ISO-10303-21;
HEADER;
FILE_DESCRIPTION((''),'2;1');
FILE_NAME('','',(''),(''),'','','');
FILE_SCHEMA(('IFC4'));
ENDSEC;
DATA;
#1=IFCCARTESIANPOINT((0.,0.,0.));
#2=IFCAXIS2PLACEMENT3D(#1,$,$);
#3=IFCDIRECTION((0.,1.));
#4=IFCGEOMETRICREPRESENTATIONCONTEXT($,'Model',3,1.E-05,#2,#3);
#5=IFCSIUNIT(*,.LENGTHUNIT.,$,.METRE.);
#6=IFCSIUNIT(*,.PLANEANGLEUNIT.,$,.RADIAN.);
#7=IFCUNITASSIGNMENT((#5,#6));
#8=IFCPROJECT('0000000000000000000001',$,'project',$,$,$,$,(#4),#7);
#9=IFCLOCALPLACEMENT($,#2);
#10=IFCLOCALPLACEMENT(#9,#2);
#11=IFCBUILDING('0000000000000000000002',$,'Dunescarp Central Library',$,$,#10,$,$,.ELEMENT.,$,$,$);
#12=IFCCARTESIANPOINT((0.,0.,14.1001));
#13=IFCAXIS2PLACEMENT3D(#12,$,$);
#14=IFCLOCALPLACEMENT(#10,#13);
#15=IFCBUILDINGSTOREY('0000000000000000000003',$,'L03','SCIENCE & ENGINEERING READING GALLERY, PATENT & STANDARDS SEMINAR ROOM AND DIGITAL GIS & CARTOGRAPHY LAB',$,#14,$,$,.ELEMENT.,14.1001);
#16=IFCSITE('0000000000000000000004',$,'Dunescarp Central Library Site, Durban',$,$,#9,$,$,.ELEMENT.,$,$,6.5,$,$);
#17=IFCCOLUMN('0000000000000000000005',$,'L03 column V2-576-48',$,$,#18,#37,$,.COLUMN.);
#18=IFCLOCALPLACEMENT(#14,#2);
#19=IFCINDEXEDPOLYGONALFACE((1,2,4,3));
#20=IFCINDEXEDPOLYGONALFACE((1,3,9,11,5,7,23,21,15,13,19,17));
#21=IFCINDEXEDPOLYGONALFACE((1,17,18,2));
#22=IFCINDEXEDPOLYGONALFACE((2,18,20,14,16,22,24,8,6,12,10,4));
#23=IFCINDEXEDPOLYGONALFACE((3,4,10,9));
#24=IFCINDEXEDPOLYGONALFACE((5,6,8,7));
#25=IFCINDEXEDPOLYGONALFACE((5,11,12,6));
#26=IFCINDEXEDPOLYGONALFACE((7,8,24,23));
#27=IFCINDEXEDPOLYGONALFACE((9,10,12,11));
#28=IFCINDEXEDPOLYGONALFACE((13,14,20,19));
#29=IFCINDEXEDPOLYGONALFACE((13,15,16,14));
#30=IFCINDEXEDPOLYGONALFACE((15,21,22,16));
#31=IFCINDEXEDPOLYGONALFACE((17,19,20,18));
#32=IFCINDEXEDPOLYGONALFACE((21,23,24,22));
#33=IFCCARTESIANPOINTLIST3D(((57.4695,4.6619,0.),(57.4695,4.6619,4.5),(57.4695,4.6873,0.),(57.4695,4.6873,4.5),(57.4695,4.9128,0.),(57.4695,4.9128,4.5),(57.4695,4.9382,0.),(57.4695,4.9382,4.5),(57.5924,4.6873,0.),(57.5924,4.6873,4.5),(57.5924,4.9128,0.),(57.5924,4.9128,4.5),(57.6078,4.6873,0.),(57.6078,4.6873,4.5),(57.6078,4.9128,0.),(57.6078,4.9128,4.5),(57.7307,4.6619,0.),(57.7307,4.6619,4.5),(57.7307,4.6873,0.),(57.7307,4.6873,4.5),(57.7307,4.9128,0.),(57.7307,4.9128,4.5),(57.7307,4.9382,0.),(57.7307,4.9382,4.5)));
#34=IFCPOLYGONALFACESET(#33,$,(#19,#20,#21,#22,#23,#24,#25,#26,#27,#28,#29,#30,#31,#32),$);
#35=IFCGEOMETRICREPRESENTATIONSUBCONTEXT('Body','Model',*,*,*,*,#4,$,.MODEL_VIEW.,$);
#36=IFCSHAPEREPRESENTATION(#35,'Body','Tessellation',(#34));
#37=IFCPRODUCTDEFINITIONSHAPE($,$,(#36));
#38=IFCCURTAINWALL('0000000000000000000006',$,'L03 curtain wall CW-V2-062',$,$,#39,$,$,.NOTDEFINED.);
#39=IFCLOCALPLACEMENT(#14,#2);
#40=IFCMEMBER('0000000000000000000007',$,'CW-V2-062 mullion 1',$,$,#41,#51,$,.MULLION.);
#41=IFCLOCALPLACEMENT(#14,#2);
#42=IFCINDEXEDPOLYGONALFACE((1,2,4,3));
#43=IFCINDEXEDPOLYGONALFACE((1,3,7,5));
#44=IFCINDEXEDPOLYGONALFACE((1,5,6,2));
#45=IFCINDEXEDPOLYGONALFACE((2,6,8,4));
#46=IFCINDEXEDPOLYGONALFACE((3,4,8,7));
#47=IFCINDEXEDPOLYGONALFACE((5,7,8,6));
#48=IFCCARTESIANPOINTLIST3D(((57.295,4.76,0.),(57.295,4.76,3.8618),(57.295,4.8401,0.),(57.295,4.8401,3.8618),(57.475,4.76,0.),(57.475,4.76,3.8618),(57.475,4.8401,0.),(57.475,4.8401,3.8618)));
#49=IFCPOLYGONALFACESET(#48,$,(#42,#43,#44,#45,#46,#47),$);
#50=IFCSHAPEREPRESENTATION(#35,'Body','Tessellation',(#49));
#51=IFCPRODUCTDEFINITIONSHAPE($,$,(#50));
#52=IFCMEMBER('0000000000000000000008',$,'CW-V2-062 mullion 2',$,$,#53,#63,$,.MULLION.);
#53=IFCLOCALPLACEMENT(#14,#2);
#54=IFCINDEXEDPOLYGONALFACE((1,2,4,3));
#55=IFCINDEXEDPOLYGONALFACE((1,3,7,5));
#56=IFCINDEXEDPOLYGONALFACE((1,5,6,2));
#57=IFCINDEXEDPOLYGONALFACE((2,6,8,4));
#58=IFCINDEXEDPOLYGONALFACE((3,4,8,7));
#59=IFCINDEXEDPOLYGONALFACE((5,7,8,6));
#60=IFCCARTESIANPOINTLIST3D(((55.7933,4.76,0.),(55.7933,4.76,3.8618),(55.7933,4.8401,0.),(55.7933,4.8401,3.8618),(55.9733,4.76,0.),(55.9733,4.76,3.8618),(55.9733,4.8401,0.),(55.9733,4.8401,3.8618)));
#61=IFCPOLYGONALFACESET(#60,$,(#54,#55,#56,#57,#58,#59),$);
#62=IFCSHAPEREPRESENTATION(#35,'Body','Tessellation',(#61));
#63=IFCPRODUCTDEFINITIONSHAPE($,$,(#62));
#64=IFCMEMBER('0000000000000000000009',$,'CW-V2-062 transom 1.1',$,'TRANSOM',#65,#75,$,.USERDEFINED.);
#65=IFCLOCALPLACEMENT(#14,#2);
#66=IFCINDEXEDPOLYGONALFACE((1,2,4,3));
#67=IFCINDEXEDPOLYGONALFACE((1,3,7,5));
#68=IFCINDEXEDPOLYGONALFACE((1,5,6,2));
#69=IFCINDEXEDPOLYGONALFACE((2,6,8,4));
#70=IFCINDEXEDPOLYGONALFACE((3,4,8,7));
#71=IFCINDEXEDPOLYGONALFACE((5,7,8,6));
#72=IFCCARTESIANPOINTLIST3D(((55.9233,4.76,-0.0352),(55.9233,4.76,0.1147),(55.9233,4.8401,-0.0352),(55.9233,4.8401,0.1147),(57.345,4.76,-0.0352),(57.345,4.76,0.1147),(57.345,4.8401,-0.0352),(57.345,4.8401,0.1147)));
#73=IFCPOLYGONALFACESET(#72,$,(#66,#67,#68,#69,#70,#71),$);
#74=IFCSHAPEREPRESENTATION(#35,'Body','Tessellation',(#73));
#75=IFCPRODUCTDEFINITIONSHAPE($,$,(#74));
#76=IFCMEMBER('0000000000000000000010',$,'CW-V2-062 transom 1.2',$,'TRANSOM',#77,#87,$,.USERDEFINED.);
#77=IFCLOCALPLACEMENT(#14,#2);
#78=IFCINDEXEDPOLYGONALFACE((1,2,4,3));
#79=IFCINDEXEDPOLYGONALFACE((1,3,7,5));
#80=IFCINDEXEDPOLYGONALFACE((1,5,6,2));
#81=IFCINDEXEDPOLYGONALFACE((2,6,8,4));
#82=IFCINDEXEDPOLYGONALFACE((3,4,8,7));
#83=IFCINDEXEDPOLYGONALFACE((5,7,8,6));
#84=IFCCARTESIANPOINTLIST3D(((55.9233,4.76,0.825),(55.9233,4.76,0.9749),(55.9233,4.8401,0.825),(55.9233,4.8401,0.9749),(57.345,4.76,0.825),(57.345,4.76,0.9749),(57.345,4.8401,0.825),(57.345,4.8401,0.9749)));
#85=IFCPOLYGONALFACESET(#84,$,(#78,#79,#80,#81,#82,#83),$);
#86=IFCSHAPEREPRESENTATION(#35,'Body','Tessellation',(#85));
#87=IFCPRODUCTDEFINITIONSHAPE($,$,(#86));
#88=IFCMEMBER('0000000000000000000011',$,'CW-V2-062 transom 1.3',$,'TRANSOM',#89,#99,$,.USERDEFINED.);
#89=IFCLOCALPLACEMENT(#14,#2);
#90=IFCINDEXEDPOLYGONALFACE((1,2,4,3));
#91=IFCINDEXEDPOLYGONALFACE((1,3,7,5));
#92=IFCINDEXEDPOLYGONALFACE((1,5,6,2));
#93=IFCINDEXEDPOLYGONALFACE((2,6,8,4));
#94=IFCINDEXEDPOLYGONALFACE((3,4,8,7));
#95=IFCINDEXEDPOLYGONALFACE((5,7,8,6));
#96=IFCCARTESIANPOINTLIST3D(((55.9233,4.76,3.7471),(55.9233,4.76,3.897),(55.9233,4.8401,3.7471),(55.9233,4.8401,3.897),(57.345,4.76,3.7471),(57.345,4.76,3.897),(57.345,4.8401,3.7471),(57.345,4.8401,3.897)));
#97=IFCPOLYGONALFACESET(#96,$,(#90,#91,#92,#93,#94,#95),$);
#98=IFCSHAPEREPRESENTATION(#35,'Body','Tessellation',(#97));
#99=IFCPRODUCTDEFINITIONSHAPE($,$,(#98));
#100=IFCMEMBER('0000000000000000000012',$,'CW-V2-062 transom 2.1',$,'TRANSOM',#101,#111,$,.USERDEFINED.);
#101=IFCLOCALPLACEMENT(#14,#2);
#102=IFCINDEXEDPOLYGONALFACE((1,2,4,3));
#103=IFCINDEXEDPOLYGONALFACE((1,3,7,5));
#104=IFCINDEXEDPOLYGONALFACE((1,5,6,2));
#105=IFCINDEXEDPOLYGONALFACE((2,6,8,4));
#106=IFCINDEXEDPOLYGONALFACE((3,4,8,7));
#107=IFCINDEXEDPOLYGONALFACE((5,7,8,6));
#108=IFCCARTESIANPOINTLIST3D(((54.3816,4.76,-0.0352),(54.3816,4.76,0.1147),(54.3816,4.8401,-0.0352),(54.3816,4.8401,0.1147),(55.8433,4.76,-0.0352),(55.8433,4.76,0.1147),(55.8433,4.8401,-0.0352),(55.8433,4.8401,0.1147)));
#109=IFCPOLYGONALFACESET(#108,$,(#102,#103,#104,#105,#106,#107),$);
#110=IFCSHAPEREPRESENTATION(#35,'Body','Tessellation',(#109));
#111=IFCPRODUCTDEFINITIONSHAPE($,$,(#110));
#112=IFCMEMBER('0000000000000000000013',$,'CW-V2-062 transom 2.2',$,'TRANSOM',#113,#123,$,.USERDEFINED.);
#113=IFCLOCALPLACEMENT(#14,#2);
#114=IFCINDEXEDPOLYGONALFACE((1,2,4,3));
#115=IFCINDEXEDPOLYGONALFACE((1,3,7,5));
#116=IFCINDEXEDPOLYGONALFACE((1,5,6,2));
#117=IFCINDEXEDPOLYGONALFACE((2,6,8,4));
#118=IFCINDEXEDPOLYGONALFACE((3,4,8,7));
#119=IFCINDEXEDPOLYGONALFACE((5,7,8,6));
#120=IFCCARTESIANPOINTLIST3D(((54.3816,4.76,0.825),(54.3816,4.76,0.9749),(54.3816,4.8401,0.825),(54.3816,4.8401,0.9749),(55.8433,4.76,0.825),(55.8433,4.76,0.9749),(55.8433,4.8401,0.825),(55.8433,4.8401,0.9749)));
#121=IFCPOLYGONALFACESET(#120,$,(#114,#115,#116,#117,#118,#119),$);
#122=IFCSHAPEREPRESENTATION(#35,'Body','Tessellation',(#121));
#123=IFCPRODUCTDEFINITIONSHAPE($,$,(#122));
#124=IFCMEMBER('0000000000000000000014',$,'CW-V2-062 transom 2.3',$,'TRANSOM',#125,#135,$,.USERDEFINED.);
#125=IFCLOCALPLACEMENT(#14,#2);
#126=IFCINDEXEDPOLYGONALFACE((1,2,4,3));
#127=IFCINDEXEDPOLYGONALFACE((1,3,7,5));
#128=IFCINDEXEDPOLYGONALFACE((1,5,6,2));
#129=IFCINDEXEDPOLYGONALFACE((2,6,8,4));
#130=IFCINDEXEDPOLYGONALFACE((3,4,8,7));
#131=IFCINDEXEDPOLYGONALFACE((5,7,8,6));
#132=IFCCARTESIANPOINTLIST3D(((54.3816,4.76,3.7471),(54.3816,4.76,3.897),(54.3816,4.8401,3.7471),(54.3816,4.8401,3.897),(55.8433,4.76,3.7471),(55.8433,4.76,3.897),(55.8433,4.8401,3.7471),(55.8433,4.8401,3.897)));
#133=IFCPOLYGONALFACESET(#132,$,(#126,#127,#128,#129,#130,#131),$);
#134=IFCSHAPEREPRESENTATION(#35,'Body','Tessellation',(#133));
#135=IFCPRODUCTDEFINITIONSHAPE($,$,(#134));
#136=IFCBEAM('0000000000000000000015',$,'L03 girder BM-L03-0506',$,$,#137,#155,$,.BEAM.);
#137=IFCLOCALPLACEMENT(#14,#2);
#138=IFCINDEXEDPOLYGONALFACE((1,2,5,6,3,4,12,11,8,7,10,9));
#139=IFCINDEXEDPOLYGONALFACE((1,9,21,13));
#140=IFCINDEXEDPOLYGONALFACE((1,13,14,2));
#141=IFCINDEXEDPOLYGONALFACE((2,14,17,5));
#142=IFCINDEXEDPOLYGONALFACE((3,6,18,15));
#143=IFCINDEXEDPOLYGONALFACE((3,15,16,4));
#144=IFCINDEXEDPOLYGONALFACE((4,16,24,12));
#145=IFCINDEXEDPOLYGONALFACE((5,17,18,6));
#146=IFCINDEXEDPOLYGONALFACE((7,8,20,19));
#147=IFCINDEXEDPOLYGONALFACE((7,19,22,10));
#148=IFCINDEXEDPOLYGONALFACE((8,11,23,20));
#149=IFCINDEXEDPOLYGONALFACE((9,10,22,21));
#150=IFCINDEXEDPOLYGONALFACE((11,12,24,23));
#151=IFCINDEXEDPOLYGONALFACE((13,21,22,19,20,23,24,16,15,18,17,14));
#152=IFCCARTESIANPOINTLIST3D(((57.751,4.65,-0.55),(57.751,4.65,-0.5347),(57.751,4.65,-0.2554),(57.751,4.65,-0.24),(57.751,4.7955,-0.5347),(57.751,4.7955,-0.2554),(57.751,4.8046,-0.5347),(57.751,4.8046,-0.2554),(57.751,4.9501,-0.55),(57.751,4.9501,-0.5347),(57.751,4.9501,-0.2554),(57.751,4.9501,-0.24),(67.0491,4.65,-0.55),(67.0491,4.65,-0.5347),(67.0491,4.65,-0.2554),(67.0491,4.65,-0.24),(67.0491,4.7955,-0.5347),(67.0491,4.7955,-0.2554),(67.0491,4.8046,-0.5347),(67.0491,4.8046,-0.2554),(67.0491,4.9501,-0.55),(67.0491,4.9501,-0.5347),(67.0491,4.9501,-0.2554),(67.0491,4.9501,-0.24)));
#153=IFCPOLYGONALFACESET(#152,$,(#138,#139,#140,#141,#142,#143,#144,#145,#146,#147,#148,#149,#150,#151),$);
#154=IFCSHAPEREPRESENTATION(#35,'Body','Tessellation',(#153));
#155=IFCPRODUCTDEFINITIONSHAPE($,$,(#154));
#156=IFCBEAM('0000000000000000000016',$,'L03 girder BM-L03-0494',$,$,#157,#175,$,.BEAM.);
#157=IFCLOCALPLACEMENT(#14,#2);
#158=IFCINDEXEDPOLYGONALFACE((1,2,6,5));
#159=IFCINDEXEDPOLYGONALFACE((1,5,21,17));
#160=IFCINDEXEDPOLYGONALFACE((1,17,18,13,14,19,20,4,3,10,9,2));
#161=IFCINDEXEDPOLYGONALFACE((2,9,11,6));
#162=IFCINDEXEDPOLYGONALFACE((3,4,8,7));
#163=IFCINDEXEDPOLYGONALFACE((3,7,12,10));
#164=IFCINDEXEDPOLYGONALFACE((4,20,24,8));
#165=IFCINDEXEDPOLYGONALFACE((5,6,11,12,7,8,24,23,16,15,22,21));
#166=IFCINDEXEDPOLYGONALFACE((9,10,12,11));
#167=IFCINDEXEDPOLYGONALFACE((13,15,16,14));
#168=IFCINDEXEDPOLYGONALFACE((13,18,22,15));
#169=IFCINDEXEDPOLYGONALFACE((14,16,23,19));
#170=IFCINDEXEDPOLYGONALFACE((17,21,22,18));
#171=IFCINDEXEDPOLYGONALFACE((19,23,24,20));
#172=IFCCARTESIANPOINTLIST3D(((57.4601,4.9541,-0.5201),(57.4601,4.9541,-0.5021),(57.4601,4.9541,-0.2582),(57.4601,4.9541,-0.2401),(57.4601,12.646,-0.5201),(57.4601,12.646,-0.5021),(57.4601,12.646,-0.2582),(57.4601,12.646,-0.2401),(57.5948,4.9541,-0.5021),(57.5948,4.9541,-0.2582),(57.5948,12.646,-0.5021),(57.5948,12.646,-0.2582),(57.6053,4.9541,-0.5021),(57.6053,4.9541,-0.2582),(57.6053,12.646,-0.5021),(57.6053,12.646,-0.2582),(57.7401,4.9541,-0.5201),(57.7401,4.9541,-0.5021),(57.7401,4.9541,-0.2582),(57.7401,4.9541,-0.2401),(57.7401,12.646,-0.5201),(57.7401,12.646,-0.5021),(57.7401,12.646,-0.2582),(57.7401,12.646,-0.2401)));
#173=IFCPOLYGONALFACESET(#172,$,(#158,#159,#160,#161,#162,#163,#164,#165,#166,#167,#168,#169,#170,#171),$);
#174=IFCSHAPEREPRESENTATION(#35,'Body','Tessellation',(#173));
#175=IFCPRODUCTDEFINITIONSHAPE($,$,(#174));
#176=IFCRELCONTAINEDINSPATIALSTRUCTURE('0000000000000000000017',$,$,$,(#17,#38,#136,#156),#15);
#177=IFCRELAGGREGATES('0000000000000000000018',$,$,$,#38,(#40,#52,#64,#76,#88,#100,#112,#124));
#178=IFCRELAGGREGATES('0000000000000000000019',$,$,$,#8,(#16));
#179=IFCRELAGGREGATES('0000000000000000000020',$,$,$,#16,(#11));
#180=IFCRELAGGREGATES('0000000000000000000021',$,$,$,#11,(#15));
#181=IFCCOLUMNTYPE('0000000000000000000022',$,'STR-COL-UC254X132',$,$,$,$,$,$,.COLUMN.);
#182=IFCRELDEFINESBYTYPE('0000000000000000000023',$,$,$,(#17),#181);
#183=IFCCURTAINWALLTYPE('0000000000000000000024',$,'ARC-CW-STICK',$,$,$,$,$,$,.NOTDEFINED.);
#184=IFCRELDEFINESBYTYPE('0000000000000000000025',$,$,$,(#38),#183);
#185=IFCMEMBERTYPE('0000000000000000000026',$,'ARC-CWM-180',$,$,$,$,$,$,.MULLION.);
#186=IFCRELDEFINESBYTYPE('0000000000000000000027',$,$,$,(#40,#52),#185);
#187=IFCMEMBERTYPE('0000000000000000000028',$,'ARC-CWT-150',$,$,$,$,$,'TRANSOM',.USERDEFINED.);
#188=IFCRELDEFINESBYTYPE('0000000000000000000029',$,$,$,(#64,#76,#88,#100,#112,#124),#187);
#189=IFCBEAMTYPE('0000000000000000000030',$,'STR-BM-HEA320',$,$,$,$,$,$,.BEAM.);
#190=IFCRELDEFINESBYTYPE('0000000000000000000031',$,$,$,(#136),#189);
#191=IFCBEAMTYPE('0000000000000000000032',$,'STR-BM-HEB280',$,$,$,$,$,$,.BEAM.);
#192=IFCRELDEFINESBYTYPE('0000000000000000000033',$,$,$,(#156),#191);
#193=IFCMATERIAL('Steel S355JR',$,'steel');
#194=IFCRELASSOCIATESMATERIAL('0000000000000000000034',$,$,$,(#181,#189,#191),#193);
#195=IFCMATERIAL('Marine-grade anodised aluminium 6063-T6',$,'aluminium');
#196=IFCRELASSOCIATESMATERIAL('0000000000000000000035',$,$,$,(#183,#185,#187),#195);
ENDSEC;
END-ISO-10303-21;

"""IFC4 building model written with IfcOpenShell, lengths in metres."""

from ifc_helpers import new_model, si_unit, direction, frame, origin, origin_2d, place, context, subcontext, project, spatial, rectangle, i_section, extrude, material, material_profile, profile_set, type_object, element, aggregate, save


model = new_model("IFC4")

# Units and contexts
model_context = context("Model", 3, precision=1e-05, world=origin(), true_north=direction((0.0, 1.0)))
body_context = subcontext(model_context, "Body", "Model", "MODEL_VIEW")
ifc_project = project(units=[si_unit("LENGTHUNIT", "METRE"), si_unit("PLANEANGLEUNIT", "RADIAN")], contexts=[model_context])

# Site, building, storey
site_placement = place(None, origin())
site = spatial("IfcSite", under=ifc_project, at=site_placement, Name="Dunescarp Central Library Site, Durban", CompositionType="ELEMENT", RefElevation=6.5)
building_placement = place(site_placement, origin())
building = spatial("IfcBuilding", under=site, at=building_placement, Name="Dunescarp Central Library", CompositionType="ELEMENT")
storey_placement = place(building_placement, frame((0.0, 0.0, 14.1001)))
storey = spatial("IfcBuildingStorey", under=building, at=storey_placement, Name="L03", Description="SCIENCE & ENGINEERING READING GALLERY, PATENT & STANDARDS SEMINAR ROOM AND DIGITAL GIS & CARTOGRAPHY LAB", CompositionType="ELEMENT", Elevation=14.1001)

# Column
ifc_material_1 = material(Name="Steel S355JR", Category="steel")
ifc_material_profile_1 = material_profile(ifc_material_1, i_section(OverallWidth=0.2612, OverallDepth=0.2764, WebThickness=0.0154, FlangeThickness=0.0254, at=origin_2d()), Name="UC 254x254x132")
ifc_profile_set_1 = profile_set([ifc_material_profile_1], Name="Steel S355JR")
column_type = type_object("IfcColumnType", Name="STR-COL-UC254X132", PredefinedType="COLUMN", material=ifc_profile_set_1)
column_placement = place(storey_placement, frame((57.6001, 4.8, 0.0), z_axis=(0.0, 0.0, 1.0), x_axis=(1.0, 0.0, 0.0)))
element("IfcColumn", 1, at=column_placement, inside=storey, type_object=column_type, Name="L03 column V2-576-48", PredefinedType="COLUMN", context=body_context, shape_type="SweptSolid", body=[
    extrude(i_section(OverallWidth=0.2612, OverallDepth=0.2764, WebThickness=0.0154, FlangeThickness=0.0254, at=origin_2d()), origin(), (0.0, 0.0, 1.0), 4.5),
])

# Curtain wall, members
ifc_material_2 = material(Name="Marine-grade anodised aluminium 6063-T6", Category="aluminium")
curtain_wall_type = type_object("IfcCurtainWallType", Name="ARC-CW-STICK", PredefinedType="NOTDEFINED", material=ifc_material_2)
curtain_wall_placement = place(storey_placement, origin())
curtain_wall = element("IfcCurtainWall", 2, at=curtain_wall_placement, inside=storey, type_object=curtain_wall_type, Name="L03 curtain wall CW-V2-062", PredefinedType="NOTDEFINED")
ifc_material_profile_2 = material_profile(ifc_material_2, rectangle(XDim=0.0801, YDim=0.1799, at=origin_2d()), Name="AL 80x180")
ifc_profile_set_2 = profile_set([ifc_material_profile_2], Name="Marine-grade anodised aluminium 6063-T6")
member_type_1 = type_object("IfcMemberType", Name="ARC-CWM-180", PredefinedType="MULLION", material=ifc_profile_set_2)
member_1_placement = place(storey_placement, frame((57.385, 4.8, 0.0), z_axis=(0.0, 0.0, 1.0), x_axis=(0.0, -1.0, 0.0)))
member_1 = element("IfcMember", 3, at=member_1_placement, type_object=member_type_1, Name="CW-V2-062 mullion 1", PredefinedType="MULLION", context=body_context, shape_type="SweptSolid", body=[
    extrude(rectangle(XDim=0.0801, YDim=0.1799, at=origin_2d()), origin(), (0.0, 0.0, 1.0), 3.8618),
])
member_2_placement = place(storey_placement, frame((55.8833, 4.8, 0.0), z_axis=(0.0, 0.0, 1.0), x_axis=(0.0, -1.0, 0.0)))
member_2 = element("IfcMember", 4, at=member_2_placement, type_object=member_type_1, Name="CW-V2-062 mullion 2", PredefinedType="MULLION", context=body_context, shape_type="SweptSolid", body=[
    extrude(rectangle(XDim=0.0801, YDim=0.1799, at=origin_2d()), origin(), (0.0, 0.0, 1.0), 3.8618),
])
ifc_material_profile_3 = material_profile(ifc_material_2, rectangle(XDim=0.0801, YDim=0.1499, at=origin_2d()), Name="AL 80x150")
ifc_profile_set_3 = profile_set([ifc_material_profile_3], Name="Marine-grade anodised aluminium 6063-T6")
member_type_2 = type_object("IfcMemberType", Name="ARC-CWT-150", ElementType="TRANSOM", PredefinedType="USERDEFINED", material=ifc_profile_set_3)
member_3_placement = place(storey_placement, frame((57.345, 4.8, 0.0398), z_axis=(-1.0, 0.0, 0.0), x_axis=(0.0, -1.0, 0.0)))
member_3 = element("IfcMember", 5, at=member_3_placement, type_object=member_type_2, Name="CW-V2-062 transom 1.1", ObjectType="TRANSOM", PredefinedType="USERDEFINED", context=body_context, shape_type="SweptSolid", body=[
    extrude(rectangle(XDim=0.0801, YDim=0.1499, at=origin_2d()), origin(), (0.0, 0.0, 1.0), 1.4216),
])
member_4_placement = place(storey_placement, frame((57.345, 4.8, 0.8999), z_axis=(-1.0, 0.0, 0.0), x_axis=(0.0, -1.0, 0.0)))
member_4 = element("IfcMember", 6, at=member_4_placement, type_object=member_type_2, Name="CW-V2-062 transom 1.2", ObjectType="TRANSOM", PredefinedType="USERDEFINED", context=body_context, shape_type="SweptSolid", body=[
    extrude(rectangle(XDim=0.0801, YDim=0.1499, at=origin_2d()), origin(), (0.0, 0.0, 1.0), 1.4216),
])
member_5_placement = place(storey_placement, frame((57.345, 4.8, 3.822), z_axis=(-1.0, 0.0, 0.0), x_axis=(0.0, -1.0, 0.0)))
member_5 = element("IfcMember", 7, at=member_5_placement, type_object=member_type_2, Name="CW-V2-062 transom 1.3", ObjectType="TRANSOM", PredefinedType="USERDEFINED", context=body_context, shape_type="SweptSolid", body=[
    extrude(rectangle(XDim=0.0801, YDim=0.1499, at=origin_2d()), origin(), (0.0, 0.0, 1.0), 1.4216),
])
member_6_placement = place(storey_placement, frame((55.8433, 4.8, 0.0398), z_axis=(-1.0, 0.0, 0.0), x_axis=(0.0, -1.0, 0.0)))
member_6 = element("IfcMember", 8, at=member_6_placement, type_object=member_type_2, Name="CW-V2-062 transom 2.1", ObjectType="TRANSOM", PredefinedType="USERDEFINED", context=body_context, shape_type="SweptSolid", body=[
    extrude(rectangle(XDim=0.0801, YDim=0.1499, at=origin_2d()), origin(), (0.0, 0.0, 1.0), 1.4617),
])
member_7_placement = place(storey_placement, frame((55.8433, 4.8, 0.8999), z_axis=(-1.0, 0.0, 0.0), x_axis=(0.0, -1.0, 0.0)))
member_7 = element("IfcMember", 9, at=member_7_placement, type_object=member_type_2, Name="CW-V2-062 transom 2.2", ObjectType="TRANSOM", PredefinedType="USERDEFINED", context=body_context, shape_type="SweptSolid", body=[
    extrude(rectangle(XDim=0.0801, YDim=0.1499, at=origin_2d()), origin(), (0.0, 0.0, 1.0), 1.4617),
])
member_8_placement = place(storey_placement, frame((55.8433, 4.8, 3.822), z_axis=(-1.0, 0.0, 0.0), x_axis=(0.0, -1.0, 0.0)))
member_8 = element("IfcMember", 10, at=member_8_placement, type_object=member_type_2, Name="CW-V2-062 transom 2.3", ObjectType="TRANSOM", PredefinedType="USERDEFINED", context=body_context, shape_type="SweptSolid", body=[
    extrude(rectangle(XDim=0.0801, YDim=0.1499, at=origin_2d()), origin(), (0.0, 0.0, 1.0), 1.4617),
])

# Beams
ifc_material_profile_4 = material_profile(ifc_material_1, i_section(OverallWidth=0.3, OverallDepth=0.3101, WebThickness=0.009, FlangeThickness=0.0154, at=origin_2d()), Name="HEA 320")
ifc_profile_set_4 = profile_set([ifc_material_profile_4], Name="Steel S355JR")
beam_type_1 = type_object("IfcBeamType", Name="STR-BM-HEA320", PredefinedType="BEAM", material=ifc_profile_set_4)
beam_1_placement = place(storey_placement, frame((57.751, 4.8, -0.395), z_axis=(1.0, 0.0, 0.0), x_axis=(0.0, 1.0, 0.0)))
element("IfcBeam", 11, at=beam_1_placement, inside=storey, type_object=beam_type_1, Name="L03 girder BM-L03-0506", PredefinedType="BEAM", context=body_context, shape_type="SweptSolid", body=[
    extrude(i_section(OverallWidth=0.3, OverallDepth=0.3101, WebThickness=0.009, FlangeThickness=0.0154, at=origin_2d()), origin(), (0.0, 0.0, 1.0), 9.2981),
])
ifc_material_profile_5 = material_profile(ifc_material_1, i_section(OverallWidth=0.28, OverallDepth=0.28, WebThickness=0.0105, FlangeThickness=0.0181, at=origin_2d()), Name="HEB 280")
ifc_profile_set_5 = profile_set([ifc_material_profile_5], Name="Steel S355JR")
beam_type_2 = type_object("IfcBeamType", Name="STR-BM-HEB280", PredefinedType="BEAM", material=ifc_profile_set_5)
beam_2_placement = place(storey_placement, frame((57.6001, 4.9541, -0.3801), z_axis=(0.0, 1.0, 0.0), x_axis=(-1.0, 0.0, 0.0)))
element("IfcBeam", 12, at=beam_2_placement, inside=storey, type_object=beam_type_2, Name="L03 girder BM-L03-0494", PredefinedType="BEAM", context=body_context, shape_type="SweptSolid", body=[
    extrude(i_section(OverallWidth=0.28, OverallDepth=0.28, WebThickness=0.0105, FlangeThickness=0.0181, at=origin_2d()), origin(), (0.0, 0.0, 1.0), 7.6919),
])

aggregate(curtain_wall, [member_1, member_2, member_3, member_4, member_5, member_6, member_7, member_8])

save(model, "model.ifc")
